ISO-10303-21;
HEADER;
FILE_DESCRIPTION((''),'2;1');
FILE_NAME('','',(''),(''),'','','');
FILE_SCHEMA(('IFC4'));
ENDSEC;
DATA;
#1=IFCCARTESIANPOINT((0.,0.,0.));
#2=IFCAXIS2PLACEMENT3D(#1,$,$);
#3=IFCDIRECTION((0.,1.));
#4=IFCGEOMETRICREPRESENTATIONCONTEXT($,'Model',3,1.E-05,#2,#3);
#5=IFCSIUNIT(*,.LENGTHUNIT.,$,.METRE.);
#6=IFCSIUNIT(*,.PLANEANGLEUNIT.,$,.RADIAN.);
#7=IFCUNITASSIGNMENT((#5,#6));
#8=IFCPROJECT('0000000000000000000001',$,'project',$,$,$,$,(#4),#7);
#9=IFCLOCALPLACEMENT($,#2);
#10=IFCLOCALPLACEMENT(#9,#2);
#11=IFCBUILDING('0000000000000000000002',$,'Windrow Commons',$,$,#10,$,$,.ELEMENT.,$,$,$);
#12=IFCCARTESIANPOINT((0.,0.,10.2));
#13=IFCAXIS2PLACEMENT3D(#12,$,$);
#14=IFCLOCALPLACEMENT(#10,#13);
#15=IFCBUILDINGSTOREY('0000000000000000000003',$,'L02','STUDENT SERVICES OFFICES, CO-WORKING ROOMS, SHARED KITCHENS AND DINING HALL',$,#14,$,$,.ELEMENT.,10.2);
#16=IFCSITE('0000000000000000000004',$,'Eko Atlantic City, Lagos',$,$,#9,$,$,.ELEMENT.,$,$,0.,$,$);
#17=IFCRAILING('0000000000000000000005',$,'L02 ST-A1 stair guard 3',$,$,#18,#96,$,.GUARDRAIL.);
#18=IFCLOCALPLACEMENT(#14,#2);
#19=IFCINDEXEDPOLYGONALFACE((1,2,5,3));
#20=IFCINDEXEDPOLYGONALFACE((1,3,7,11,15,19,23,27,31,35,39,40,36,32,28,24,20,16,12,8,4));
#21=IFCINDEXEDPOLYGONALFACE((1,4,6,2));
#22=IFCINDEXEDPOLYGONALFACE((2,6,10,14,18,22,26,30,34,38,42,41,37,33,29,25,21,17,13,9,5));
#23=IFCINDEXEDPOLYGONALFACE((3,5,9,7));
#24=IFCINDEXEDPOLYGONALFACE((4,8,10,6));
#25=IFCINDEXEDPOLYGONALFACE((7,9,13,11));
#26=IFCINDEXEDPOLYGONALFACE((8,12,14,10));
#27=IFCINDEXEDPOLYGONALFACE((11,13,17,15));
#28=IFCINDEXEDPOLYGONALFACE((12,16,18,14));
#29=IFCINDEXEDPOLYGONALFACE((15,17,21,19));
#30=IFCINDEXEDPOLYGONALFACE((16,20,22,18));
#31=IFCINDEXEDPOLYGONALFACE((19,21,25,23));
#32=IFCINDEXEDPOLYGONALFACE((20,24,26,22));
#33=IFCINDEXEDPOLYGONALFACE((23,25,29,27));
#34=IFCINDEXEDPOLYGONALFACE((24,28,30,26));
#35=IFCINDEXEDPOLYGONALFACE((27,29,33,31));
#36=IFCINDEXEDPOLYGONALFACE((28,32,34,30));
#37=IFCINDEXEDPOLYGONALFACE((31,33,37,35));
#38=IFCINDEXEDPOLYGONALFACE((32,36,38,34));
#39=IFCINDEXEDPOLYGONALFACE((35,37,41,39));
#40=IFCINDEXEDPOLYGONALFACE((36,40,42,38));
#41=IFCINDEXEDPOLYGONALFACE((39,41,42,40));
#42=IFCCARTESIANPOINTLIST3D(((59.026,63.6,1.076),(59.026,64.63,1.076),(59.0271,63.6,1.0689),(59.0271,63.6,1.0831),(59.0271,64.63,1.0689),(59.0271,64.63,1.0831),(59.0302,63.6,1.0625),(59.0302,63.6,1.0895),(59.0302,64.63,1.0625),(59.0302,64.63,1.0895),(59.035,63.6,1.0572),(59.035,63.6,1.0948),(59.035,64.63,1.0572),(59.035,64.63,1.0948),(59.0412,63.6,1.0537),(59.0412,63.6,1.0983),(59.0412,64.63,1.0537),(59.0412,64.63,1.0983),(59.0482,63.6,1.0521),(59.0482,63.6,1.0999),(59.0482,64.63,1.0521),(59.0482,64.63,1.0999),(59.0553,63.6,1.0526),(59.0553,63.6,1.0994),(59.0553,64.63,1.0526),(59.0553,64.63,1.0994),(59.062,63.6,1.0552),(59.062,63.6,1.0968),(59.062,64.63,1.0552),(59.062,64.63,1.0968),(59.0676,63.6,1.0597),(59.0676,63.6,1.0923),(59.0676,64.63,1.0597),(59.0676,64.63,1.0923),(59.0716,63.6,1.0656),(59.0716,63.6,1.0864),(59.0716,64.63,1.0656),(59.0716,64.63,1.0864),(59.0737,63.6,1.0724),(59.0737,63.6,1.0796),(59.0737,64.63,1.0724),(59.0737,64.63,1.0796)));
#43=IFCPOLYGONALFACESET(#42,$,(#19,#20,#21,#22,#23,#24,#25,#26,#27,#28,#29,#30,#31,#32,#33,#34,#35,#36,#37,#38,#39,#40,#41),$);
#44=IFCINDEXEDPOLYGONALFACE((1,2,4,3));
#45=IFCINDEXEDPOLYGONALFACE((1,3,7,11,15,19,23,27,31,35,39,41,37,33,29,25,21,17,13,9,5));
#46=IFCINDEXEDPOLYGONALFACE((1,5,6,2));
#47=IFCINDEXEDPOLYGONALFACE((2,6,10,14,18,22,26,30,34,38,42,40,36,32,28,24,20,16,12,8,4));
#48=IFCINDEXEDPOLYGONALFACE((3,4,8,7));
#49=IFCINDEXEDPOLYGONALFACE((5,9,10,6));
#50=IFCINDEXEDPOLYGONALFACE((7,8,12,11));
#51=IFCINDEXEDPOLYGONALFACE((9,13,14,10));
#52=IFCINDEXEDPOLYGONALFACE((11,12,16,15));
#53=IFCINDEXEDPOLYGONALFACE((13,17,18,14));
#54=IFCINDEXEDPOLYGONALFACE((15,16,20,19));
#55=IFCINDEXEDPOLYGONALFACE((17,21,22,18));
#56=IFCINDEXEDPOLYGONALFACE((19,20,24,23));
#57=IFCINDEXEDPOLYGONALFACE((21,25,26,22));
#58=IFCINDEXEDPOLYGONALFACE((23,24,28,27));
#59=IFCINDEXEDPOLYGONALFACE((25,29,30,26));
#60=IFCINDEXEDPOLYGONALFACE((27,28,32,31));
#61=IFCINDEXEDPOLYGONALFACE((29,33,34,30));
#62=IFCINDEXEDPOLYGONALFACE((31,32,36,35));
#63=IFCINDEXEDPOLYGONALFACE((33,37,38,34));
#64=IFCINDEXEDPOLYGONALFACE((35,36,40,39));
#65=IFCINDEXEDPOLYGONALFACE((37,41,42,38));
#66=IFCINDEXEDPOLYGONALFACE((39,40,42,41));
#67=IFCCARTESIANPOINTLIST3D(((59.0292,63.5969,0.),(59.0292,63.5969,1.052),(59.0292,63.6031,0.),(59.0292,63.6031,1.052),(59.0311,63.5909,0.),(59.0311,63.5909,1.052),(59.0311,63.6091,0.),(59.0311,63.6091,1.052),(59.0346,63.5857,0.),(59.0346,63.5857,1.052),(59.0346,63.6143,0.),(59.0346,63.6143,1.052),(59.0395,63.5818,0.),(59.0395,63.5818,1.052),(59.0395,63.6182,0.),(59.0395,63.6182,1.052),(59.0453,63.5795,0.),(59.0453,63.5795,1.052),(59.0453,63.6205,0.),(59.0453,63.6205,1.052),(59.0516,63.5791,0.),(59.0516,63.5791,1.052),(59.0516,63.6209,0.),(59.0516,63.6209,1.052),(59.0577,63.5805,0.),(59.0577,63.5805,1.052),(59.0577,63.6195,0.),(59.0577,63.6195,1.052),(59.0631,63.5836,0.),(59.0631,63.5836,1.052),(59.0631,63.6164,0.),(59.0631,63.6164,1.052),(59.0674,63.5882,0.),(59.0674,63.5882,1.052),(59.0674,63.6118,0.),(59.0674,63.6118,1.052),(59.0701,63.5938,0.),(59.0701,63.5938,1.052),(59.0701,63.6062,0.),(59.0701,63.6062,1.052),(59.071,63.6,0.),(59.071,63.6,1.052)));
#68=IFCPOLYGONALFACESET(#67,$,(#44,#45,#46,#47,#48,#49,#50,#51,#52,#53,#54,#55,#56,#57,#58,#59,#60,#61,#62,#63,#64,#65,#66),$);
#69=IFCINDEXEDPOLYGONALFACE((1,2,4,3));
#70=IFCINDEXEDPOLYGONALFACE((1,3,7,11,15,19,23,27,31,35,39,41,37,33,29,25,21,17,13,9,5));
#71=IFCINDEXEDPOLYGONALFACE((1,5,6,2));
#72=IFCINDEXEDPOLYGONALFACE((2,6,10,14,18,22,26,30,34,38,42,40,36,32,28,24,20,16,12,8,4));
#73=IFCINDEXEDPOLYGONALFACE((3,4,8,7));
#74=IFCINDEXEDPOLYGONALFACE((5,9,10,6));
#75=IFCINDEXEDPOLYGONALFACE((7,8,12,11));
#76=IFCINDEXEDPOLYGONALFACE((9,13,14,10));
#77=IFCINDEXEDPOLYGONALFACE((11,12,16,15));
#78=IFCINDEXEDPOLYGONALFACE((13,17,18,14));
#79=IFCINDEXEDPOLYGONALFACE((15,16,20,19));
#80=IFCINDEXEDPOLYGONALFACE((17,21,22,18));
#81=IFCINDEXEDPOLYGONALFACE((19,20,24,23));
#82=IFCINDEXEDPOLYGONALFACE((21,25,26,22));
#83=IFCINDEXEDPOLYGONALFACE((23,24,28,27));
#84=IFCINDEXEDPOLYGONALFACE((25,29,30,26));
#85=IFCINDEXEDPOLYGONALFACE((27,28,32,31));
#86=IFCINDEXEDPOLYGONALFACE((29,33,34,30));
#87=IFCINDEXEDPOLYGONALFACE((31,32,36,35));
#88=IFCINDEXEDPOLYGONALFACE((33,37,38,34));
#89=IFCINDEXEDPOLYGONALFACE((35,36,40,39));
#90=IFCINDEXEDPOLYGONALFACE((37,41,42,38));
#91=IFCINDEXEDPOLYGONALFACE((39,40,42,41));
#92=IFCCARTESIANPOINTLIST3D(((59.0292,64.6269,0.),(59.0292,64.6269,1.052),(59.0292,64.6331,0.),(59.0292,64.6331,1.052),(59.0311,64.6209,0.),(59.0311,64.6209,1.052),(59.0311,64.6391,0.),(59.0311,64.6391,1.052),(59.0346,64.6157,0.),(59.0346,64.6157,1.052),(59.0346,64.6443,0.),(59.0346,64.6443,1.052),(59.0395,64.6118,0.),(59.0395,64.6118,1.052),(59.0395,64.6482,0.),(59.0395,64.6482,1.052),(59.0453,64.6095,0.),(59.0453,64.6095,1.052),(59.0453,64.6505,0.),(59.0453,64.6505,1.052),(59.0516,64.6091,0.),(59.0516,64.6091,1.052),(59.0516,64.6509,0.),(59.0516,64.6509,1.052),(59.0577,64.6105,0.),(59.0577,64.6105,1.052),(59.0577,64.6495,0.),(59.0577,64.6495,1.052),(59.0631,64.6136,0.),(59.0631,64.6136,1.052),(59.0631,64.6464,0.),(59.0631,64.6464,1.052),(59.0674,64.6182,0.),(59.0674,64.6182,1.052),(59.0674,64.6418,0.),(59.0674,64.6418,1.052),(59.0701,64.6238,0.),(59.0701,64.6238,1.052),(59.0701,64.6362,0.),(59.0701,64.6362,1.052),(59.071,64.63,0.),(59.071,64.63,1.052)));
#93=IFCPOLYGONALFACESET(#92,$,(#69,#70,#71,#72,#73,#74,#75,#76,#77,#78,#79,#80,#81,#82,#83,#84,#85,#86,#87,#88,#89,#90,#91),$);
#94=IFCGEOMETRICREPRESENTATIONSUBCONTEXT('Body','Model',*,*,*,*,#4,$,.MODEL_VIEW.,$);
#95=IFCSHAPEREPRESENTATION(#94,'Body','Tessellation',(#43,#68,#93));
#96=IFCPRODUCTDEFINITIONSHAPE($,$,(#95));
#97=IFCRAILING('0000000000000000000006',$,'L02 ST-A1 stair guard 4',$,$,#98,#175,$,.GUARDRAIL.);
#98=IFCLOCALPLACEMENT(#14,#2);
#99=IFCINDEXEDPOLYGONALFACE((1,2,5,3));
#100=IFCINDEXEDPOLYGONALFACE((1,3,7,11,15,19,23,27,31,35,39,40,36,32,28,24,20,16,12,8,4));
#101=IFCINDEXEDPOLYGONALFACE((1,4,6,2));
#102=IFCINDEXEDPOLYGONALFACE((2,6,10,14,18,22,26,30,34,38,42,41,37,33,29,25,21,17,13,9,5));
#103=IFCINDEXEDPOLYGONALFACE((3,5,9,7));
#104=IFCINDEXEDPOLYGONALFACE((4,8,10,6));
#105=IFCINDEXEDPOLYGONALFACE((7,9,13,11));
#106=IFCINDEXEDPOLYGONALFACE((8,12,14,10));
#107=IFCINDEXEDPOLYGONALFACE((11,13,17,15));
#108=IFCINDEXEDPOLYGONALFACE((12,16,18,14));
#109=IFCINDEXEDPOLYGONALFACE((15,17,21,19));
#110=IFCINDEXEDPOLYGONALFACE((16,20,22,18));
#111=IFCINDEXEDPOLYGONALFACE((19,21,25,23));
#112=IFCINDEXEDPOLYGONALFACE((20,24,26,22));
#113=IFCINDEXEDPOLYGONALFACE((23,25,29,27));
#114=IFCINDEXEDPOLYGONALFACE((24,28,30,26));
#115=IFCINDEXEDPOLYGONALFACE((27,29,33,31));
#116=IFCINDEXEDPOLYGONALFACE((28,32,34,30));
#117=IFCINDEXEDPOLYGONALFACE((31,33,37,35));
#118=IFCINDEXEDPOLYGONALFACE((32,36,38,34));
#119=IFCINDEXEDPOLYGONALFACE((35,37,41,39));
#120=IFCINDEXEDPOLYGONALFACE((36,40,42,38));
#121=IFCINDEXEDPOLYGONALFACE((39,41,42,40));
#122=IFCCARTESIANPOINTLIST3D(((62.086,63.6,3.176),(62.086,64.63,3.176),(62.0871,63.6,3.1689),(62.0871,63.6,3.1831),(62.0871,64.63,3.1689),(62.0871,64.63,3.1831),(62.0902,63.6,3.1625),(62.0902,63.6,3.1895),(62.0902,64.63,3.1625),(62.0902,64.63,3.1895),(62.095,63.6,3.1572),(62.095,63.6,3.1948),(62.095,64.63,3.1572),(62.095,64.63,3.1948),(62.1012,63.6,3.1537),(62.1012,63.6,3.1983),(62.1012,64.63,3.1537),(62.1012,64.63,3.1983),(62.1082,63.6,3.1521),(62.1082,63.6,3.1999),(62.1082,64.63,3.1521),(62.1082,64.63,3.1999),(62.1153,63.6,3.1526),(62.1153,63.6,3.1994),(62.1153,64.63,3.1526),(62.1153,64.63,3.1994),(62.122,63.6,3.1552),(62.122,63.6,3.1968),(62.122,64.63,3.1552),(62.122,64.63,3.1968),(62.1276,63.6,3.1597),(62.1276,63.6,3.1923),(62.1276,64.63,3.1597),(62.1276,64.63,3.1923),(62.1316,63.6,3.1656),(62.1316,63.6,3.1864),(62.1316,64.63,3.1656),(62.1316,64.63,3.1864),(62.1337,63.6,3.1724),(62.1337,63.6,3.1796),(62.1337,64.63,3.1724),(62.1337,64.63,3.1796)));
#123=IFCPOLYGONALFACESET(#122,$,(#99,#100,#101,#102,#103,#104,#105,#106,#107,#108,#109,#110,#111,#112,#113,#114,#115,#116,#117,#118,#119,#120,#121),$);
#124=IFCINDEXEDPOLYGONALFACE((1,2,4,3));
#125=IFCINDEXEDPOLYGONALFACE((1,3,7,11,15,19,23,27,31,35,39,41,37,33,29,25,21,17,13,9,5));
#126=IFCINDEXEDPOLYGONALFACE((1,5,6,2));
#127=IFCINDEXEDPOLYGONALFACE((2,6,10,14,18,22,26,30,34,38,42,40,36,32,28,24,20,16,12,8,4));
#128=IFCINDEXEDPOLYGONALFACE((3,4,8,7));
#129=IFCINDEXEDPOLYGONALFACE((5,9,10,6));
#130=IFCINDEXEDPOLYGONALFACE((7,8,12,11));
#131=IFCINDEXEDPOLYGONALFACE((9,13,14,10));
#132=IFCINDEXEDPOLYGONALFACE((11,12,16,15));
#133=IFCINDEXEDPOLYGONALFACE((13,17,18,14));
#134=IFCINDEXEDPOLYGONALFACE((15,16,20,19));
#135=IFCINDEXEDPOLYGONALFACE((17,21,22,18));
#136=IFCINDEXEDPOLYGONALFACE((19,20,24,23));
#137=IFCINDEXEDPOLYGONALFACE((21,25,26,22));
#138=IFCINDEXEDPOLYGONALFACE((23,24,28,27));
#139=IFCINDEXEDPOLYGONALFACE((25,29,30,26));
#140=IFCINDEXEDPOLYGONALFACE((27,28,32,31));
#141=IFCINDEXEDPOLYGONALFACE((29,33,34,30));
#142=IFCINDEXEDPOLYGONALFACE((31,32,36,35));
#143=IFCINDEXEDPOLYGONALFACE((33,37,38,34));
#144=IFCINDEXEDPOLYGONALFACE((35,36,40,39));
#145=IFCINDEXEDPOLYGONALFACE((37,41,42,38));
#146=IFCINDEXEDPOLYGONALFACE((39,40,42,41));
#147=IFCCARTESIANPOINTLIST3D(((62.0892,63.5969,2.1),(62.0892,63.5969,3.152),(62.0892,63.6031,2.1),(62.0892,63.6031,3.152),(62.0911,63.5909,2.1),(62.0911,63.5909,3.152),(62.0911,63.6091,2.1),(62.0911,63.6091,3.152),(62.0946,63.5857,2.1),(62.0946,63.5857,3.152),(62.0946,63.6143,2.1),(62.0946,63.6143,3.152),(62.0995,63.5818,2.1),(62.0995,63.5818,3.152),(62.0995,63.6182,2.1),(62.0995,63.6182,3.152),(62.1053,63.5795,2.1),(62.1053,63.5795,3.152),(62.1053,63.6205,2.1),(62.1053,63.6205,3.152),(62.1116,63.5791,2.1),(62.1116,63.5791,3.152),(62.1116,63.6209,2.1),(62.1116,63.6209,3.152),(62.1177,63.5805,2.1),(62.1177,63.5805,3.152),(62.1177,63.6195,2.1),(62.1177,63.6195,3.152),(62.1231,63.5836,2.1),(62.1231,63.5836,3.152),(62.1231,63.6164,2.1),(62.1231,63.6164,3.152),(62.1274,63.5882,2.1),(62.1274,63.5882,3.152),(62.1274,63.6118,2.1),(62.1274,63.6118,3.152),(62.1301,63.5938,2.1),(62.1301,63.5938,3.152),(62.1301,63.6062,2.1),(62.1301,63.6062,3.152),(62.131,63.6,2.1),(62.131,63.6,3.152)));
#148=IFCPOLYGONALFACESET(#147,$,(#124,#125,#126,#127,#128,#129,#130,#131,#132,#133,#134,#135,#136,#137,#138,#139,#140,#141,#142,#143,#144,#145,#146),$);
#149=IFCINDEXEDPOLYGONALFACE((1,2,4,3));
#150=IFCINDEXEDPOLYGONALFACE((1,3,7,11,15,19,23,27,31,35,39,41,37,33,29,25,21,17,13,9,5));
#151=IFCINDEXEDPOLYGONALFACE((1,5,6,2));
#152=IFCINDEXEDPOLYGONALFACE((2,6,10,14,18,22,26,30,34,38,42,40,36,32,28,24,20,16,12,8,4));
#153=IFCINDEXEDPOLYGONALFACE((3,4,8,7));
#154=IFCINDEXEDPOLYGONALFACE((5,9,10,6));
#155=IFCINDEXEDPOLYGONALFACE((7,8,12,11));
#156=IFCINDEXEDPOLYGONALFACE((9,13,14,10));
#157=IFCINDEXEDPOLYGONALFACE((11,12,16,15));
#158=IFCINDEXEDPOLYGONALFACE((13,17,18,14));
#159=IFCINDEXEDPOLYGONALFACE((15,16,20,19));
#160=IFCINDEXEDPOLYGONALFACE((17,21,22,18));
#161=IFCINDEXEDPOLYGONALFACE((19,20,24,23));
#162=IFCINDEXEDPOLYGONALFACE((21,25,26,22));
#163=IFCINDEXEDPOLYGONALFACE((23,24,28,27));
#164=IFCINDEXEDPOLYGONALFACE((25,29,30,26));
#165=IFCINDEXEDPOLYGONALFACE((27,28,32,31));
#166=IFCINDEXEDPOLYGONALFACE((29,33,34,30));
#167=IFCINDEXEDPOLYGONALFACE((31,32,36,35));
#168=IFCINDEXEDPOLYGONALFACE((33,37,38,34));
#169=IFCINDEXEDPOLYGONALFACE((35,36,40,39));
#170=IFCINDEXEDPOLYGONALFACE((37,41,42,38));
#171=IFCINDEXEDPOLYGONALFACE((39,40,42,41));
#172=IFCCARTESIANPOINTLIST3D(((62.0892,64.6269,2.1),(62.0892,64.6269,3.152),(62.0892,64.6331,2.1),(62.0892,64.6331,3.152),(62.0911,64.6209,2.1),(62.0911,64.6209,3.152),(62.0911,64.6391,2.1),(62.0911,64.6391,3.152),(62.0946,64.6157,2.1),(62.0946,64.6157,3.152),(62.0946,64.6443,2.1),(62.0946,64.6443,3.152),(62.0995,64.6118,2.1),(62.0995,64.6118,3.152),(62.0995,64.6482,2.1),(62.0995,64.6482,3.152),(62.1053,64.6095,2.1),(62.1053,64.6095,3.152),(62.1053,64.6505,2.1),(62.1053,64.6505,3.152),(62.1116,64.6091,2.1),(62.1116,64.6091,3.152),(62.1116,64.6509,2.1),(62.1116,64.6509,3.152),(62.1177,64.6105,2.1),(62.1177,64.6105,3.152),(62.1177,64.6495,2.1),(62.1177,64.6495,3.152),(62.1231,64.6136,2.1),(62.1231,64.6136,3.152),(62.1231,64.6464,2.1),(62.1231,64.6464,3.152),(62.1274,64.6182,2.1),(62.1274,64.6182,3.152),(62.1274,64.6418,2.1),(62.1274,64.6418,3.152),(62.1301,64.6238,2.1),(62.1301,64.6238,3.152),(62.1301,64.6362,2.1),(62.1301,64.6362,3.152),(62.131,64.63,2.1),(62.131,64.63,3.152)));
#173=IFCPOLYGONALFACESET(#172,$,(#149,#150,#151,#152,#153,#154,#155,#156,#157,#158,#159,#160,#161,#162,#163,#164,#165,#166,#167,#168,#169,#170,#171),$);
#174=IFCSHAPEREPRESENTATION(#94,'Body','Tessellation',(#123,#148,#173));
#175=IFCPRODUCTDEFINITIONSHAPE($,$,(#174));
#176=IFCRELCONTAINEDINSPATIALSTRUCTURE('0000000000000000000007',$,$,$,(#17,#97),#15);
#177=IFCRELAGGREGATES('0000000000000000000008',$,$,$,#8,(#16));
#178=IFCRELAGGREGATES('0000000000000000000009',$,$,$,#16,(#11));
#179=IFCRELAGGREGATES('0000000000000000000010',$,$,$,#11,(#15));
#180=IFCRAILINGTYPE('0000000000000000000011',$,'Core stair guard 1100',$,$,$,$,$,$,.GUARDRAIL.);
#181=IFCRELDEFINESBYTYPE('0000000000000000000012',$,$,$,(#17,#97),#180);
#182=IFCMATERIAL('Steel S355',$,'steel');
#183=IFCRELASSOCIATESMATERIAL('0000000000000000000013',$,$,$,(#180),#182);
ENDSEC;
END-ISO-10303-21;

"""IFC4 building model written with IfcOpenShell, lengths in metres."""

from ifc_helpers import new_model, si_unit, direction, frame, origin, origin_2d, place, context, subcontext, project, spatial, circle, extrude, material, type_object, element, save


model = new_model("IFC4")

# Units and contexts
model_context = context("Model", 3, precision=1e-05, world=origin(), true_north=direction((0.0, 1.0)))
body_context = subcontext(model_context, "Body", "Model", "MODEL_VIEW")
ifc_project = project(units=[si_unit("LENGTHUNIT", "METRE"), si_unit("PLANEANGLEUNIT", "RADIAN")], contexts=[model_context])

# Site, building, storey
site_placement = place(None, origin())
site = spatial("IfcSite", under=ifc_project, at=site_placement, Name="Eko Atlantic City, Lagos", CompositionType="ELEMENT", RefElevation=0.0)
building_placement = place(site_placement, origin())
building = spatial("IfcBuilding", under=site, at=building_placement, Name="Windrow Commons", CompositionType="ELEMENT")
storey_placement = place(building_placement, frame((0.0, 0.0, 10.2)))
storey = spatial("IfcBuildingStorey", under=building, at=storey_placement, Name="L02", Description="STUDENT SERVICES OFFICES, CO-WORKING ROOMS, SHARED KITCHENS AND DINING HALL", CompositionType="ELEMENT", Elevation=10.2)

# Railings
ifc_material_1 = material(Name="Steel S355", Category="steel")
railing_type_1 = type_object("IfcRailingType", Name="Core stair guard 1100", PredefinedType="GUARDRAIL", material=ifc_material_1)
for number, where, name in (
    (1, (59.05, 63.6, 0.0), "L02 ST-A1 stair guard 3"),
    (2, (62.11, 63.6, 2.1), "L02 ST-A1 stair guard 4"),
):
    element("IfcRailing", number, at=place(storey_placement, frame(where)), inside=storey, type_object=railing_type_1, Name=name, PredefinedType="GUARDRAIL", context=body_context, shape_type="SweptSolid", body=[
        extrude(circle(Radius=0.024, at=origin_2d()), frame((0.0, 0.0, 1.076), z_axis=(0.0, 1.0, 0.0), x_axis=(-1.0, 0.0, 0.0)), (0.0, 0.0, 1.0), 1.03),
        extrude(circle(Radius=0.021, at=origin_2d()), origin(), (0.0, 0.0, 1.0), 1.052),
        extrude(circle(Radius=0.021, at=origin_2d()), frame((0.0, 1.03, 0.0)), (0.0, 0.0, 1.0), 1.052),
    ])

save(model, "model.ifc")
